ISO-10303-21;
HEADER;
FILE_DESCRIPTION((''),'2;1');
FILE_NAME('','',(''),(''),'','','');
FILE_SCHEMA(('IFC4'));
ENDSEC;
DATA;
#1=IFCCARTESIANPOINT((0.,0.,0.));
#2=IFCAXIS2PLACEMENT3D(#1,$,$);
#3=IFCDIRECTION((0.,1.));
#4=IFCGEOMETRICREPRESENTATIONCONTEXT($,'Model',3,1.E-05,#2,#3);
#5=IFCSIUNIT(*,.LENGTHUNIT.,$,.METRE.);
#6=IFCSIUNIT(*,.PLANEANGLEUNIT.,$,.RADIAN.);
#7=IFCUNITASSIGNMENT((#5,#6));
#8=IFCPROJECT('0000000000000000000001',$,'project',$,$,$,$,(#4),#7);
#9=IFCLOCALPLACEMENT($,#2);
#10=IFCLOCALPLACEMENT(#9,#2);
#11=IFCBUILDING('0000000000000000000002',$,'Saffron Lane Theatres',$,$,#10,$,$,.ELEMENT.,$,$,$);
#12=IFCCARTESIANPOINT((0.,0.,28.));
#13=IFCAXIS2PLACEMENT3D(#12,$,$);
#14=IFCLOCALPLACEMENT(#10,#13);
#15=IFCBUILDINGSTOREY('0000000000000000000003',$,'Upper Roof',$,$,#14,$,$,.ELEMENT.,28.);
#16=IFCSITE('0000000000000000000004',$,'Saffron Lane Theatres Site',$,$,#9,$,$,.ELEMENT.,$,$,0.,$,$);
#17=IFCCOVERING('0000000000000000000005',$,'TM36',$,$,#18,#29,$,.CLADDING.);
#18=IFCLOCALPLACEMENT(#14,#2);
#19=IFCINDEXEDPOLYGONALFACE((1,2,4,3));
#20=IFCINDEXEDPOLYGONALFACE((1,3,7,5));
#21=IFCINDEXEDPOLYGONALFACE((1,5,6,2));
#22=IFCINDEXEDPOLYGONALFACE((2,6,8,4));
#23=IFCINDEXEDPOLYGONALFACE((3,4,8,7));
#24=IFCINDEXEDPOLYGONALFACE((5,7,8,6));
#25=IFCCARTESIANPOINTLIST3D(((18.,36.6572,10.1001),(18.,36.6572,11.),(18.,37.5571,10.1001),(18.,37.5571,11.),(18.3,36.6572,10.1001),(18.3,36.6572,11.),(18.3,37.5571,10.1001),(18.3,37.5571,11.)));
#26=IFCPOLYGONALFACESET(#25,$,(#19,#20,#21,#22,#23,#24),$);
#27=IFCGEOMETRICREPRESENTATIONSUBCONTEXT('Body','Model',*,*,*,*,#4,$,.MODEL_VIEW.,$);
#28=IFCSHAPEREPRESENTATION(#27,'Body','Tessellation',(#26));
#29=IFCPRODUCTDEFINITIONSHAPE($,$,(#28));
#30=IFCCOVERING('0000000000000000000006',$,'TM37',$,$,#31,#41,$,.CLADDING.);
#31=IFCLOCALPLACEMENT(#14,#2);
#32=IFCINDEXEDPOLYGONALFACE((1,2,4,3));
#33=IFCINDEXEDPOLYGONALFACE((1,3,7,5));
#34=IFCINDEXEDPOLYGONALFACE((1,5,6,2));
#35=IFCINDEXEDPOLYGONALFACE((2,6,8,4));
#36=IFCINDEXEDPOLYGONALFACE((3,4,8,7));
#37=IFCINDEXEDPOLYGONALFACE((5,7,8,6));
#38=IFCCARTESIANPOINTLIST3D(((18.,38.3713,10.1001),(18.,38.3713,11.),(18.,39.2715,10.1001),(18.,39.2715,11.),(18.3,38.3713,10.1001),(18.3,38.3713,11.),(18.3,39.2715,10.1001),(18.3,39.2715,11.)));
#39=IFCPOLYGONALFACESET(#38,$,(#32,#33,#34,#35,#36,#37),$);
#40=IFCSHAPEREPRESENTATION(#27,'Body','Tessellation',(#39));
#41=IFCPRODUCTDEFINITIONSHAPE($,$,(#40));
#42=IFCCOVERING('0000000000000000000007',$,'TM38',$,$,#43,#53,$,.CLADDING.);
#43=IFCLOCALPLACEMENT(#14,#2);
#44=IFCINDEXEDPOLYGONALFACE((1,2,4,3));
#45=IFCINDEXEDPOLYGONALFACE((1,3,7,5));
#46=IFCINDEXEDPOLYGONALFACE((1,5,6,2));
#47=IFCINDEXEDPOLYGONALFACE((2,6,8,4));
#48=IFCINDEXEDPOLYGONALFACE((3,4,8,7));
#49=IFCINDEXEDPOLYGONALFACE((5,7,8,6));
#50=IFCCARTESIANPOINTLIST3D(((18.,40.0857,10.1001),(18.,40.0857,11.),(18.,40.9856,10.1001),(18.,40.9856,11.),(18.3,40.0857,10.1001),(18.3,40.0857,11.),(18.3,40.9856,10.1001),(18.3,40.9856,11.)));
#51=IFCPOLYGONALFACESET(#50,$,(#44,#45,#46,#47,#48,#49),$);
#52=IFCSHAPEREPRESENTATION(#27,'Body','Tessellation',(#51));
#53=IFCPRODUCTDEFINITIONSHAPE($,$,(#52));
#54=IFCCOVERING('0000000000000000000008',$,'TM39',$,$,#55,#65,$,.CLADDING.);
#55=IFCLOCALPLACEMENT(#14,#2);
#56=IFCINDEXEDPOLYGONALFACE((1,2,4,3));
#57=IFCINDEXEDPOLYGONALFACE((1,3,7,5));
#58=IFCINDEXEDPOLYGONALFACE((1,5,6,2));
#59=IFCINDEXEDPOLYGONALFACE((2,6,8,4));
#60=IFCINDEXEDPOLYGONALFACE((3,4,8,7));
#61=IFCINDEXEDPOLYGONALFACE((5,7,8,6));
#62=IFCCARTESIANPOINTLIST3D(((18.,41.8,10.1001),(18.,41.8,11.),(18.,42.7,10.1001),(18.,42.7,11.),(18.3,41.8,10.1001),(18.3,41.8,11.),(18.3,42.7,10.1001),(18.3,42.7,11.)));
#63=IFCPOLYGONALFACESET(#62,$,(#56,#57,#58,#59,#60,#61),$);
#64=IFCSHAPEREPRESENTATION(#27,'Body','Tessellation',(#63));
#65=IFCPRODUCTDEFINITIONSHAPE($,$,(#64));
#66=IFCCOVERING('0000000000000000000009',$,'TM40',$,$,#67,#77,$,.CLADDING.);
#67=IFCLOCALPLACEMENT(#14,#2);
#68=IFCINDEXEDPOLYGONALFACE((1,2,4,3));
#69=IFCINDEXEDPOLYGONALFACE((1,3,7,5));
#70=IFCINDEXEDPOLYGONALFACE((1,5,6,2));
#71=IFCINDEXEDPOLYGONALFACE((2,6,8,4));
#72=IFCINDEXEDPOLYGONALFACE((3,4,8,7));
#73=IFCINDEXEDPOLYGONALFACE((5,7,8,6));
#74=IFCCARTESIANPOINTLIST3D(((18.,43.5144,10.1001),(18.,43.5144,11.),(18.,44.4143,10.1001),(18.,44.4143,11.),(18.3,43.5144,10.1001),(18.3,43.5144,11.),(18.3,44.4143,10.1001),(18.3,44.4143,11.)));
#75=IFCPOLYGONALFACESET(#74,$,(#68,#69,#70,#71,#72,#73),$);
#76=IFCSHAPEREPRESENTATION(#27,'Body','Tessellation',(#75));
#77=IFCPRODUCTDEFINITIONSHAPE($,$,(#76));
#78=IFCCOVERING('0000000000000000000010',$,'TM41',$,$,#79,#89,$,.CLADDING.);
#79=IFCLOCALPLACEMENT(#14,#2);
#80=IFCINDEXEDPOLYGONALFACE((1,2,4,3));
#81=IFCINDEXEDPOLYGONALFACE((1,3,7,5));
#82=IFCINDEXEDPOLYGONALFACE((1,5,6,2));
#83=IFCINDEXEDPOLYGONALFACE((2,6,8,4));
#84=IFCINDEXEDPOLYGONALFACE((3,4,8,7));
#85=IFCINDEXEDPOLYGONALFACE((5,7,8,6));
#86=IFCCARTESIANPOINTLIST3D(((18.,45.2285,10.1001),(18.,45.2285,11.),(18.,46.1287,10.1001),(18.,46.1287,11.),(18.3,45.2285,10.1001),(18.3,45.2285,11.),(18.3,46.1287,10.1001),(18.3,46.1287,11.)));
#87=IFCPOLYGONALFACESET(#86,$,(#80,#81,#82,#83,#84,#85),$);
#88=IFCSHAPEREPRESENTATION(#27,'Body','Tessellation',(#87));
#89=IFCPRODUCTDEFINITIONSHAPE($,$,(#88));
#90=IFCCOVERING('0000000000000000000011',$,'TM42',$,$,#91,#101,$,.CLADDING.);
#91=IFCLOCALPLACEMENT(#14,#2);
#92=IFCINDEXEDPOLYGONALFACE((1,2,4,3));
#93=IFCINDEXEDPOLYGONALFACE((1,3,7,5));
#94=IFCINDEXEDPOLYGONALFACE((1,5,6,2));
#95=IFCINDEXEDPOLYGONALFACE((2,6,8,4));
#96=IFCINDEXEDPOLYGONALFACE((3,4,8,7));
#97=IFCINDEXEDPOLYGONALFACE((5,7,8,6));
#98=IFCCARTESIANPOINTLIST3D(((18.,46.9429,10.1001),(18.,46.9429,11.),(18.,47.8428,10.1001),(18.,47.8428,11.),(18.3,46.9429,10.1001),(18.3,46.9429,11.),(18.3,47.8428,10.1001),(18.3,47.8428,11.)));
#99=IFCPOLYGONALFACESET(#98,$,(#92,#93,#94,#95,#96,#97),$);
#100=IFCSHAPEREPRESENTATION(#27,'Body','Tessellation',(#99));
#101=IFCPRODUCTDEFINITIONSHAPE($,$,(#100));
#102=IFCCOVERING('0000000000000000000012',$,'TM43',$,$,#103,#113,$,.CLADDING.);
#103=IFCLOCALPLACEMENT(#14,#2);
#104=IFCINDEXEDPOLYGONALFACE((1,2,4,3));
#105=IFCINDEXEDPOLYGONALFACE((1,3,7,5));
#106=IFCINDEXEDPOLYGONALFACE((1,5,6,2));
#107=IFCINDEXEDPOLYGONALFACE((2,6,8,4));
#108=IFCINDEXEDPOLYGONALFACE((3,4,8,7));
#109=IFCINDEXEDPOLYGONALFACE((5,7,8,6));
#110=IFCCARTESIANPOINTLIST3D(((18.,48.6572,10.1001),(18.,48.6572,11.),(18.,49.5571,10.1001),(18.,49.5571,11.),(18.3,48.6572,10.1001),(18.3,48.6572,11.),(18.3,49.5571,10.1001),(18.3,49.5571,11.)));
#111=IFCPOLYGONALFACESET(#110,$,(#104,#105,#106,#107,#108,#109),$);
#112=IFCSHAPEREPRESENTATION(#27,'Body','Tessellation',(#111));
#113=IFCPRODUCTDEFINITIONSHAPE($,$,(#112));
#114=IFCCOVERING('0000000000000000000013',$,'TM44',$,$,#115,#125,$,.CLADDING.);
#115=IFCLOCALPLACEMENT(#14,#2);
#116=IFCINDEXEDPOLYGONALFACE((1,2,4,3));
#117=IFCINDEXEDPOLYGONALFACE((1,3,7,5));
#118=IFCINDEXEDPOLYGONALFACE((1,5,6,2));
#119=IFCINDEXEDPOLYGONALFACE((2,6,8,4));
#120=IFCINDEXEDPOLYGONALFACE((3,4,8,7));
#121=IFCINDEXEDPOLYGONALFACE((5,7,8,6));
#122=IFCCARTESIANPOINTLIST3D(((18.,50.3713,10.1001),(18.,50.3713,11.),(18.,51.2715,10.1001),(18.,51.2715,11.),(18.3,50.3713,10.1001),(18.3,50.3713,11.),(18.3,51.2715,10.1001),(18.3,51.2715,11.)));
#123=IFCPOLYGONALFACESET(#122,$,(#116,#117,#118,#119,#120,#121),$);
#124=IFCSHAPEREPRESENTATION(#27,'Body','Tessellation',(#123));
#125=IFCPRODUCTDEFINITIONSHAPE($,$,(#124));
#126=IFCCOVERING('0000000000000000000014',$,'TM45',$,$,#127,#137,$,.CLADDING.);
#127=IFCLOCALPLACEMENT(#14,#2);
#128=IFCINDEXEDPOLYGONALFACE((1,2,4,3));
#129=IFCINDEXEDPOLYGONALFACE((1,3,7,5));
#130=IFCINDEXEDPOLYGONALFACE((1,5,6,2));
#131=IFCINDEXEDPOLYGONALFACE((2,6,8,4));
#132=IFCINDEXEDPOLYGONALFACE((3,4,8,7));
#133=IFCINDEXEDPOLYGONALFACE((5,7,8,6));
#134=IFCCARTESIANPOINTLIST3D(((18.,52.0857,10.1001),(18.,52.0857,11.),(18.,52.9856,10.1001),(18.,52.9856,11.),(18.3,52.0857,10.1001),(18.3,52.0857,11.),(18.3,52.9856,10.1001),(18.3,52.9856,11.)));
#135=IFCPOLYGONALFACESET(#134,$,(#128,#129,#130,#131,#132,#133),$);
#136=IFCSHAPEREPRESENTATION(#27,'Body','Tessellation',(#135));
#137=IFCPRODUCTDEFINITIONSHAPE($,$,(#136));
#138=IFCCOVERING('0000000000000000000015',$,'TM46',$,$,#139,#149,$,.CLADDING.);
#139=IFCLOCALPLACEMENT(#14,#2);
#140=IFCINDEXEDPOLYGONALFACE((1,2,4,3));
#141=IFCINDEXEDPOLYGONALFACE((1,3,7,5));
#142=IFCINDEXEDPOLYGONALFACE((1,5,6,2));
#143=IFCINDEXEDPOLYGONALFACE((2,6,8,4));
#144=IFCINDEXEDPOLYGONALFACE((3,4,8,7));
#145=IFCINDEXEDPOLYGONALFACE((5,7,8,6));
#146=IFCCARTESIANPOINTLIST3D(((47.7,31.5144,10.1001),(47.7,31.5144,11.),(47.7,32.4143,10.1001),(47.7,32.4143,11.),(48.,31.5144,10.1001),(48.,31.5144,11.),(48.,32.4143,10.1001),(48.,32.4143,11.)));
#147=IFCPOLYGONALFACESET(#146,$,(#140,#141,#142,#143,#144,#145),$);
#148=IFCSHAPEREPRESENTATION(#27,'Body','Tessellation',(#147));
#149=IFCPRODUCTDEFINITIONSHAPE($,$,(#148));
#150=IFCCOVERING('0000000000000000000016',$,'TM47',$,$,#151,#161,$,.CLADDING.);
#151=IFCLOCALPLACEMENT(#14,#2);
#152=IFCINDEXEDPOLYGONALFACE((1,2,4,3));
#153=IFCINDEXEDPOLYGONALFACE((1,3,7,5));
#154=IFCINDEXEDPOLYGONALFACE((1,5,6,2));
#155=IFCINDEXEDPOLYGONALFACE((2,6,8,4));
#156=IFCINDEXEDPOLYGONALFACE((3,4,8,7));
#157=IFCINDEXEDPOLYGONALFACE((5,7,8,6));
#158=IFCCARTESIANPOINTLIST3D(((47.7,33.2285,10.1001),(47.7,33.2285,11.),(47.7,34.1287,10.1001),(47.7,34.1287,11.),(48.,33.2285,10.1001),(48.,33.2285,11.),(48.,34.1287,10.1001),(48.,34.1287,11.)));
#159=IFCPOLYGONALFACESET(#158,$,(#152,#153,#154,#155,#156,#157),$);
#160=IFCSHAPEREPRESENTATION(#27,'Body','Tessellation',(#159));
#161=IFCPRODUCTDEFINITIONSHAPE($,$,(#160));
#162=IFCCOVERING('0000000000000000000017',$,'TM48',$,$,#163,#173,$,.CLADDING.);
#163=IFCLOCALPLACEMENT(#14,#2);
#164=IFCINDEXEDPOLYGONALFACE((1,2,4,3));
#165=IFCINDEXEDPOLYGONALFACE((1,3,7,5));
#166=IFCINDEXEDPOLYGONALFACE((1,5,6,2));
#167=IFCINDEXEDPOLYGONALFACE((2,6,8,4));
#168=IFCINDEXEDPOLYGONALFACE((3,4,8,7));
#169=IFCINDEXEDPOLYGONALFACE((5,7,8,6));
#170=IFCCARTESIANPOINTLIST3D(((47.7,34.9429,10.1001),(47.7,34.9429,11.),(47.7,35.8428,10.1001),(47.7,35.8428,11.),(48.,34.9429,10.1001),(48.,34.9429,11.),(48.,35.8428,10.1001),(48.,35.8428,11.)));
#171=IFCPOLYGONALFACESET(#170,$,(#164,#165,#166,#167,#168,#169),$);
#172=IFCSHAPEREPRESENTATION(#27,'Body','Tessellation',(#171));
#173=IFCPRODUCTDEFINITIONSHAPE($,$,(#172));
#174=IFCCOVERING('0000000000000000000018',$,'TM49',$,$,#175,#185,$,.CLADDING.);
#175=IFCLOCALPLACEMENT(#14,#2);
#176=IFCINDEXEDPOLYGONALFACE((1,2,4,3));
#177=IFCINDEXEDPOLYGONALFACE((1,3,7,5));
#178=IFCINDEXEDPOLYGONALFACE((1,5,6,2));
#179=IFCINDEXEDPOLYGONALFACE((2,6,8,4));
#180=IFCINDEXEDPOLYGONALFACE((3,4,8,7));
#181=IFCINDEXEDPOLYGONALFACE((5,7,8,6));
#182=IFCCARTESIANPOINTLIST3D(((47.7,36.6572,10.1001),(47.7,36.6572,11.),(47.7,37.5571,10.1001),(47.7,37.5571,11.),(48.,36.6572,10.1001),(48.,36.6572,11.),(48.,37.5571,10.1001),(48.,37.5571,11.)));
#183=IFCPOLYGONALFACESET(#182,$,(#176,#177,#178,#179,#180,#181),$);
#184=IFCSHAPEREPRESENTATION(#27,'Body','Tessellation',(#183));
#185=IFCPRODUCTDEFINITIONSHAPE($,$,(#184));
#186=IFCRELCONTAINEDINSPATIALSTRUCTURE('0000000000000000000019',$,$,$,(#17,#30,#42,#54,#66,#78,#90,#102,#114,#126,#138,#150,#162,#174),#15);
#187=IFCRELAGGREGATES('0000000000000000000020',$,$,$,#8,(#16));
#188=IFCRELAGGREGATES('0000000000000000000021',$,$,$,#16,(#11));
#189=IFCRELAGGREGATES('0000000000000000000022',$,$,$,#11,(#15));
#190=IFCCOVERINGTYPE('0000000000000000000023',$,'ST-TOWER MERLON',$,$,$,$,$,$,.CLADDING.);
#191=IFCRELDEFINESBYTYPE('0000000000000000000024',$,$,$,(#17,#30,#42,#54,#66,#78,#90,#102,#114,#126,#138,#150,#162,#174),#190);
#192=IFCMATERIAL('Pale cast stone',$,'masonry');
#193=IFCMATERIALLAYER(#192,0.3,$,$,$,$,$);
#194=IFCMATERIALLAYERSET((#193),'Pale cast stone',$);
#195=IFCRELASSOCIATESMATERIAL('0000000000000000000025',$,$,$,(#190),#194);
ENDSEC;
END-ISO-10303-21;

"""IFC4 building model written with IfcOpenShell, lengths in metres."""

from ifc_helpers import new_model, si_unit, direction, frame, origin, place, context, subcontext, project, spatial, polyline, outline, extrude, material, layer, layer_set, type_object, element, save


model = new_model("IFC4")

# Units and contexts
model_context = context("Model", 3, precision=1e-05, world=origin(), true_north=direction((0.0, 1.0)))
body_context = subcontext(model_context, "Body", "Model", "MODEL_VIEW")
ifc_project = project(units=[si_unit("LENGTHUNIT", "METRE"), si_unit("PLANEANGLEUNIT", "RADIAN")], contexts=[model_context])

# Site, building, storey
site_placement = place(None, origin())
site = spatial("IfcSite", under=ifc_project, at=site_placement, Name="Saffron Lane Theatres Site", CompositionType="ELEMENT", RefElevation=0.0)
building_placement = place(site_placement, origin())
building = spatial("IfcBuilding", under=site, at=building_placement, Name="Saffron Lane Theatres", CompositionType="ELEMENT")
storey_placement = place(building_placement, frame((0.0, 0.0, 28.0)))
storey = spatial("IfcBuildingStorey", under=building, at=storey_placement, Name="Upper Roof", CompositionType="ELEMENT", Elevation=28.0)

# Coverings
ifc_material_1 = material(Name="Pale cast stone", Category="masonry")
ifc_layer_1 = layer(ifc_material_1, 0.3)
ifc_layer_set_1 = layer_set([ifc_layer_1], Name="Pale cast stone")
covering_type_1 = type_object("IfcCoveringType", Name="ST-TOWER MERLON", PredefinedType="CLADDING", material=ifc_layer_set_1)
covering_1_placement = place(storey_placement, frame((0.0, 0.0, 10.1001)))
element("IfcCovering", 1, at=covering_1_placement, inside=storey, type_object=covering_type_1, Name="TM36", PredefinedType="CLADDING", context=body_context, shape_type="SweptSolid", body=[
    extrude(outline(polyline([(18.0, 36.6572), (18.3, 36.6572), (18.3, 37.5571), (18.0, 37.5571), (18.0, 36.6572)])), origin(), (0.0, 0.0, 1.0), 0.8999),
])
covering_2_placement = place(storey_placement, frame((0.0, 0.0, 10.1001)))
element("IfcCovering", 2, at=covering_2_placement, inside=storey, type_object=covering_type_1, Name="TM37", PredefinedType="CLADDING", context=body_context, shape_type="SweptSolid", body=[
    extrude(outline(polyline([(18.0, 38.3713), (18.3, 38.3713), (18.3, 39.2715), (18.0, 39.2715), (18.0, 38.3713)])), origin(), (0.0, 0.0, 1.0), 0.8999),
])
covering_3_placement = place(storey_placement, frame((0.0, 0.0, 10.1001)))
element("IfcCovering", 3, at=covering_3_placement, inside=storey, type_object=covering_type_1, Name="TM38", PredefinedType="CLADDING", context=body_context, shape_type="SweptSolid", body=[
    extrude(outline(polyline([(18.0, 40.0857), (18.3, 40.0857), (18.3, 40.9856), (18.0, 40.9856), (18.0, 40.0857)])), origin(), (0.0, 0.0, 1.0), 0.8999),
])
covering_4_placement = place(storey_placement, frame((0.0, 0.0, 10.1001)))
element("IfcCovering", 4, at=covering_4_placement, inside=storey, type_object=covering_type_1, Name="TM39", PredefinedType="CLADDING", context=body_context, shape_type="SweptSolid", body=[
    extrude(outline(polyline([(18.0, 41.8), (18.3, 41.8), (18.3, 42.7), (18.0, 42.7), (18.0, 41.8)])), origin(), (0.0, 0.0, 1.0), 0.8999),
])
covering_5_placement = place(storey_placement, frame((0.0, 0.0, 10.1001)))
element("IfcCovering", 5, at=covering_5_placement, inside=storey, type_object=covering_type_1, Name="TM40", PredefinedType="CLADDING", context=body_context, shape_type="SweptSolid", body=[
    extrude(outline(polyline([(18.0, 43.5144), (18.3, 43.5144), (18.3, 44.4143), (18.0, 44.4143), (18.0, 43.5144)])), origin(), (0.0, 0.0, 1.0), 0.8999),
])
covering_6_placement = place(storey_placement, frame((0.0, 0.0, 10.1001)))
element("IfcCovering", 6, at=covering_6_placement, inside=storey, type_object=covering_type_1, Name="TM41", PredefinedType="CLADDING", context=body_context, shape_type="SweptSolid", body=[
    extrude(outline(polyline([(18.0, 45.2285), (18.3, 45.2285), (18.3, 46.1287), (18.0, 46.1287), (18.0, 45.2285)])), origin(), (0.0, 0.0, 1.0), 0.8999),
])
covering_7_placement = place(storey_placement, frame((0.0, 0.0, 10.1001)))
element("IfcCovering", 7, at=covering_7_placement, inside=storey, type_object=covering_type_1, Name="TM42", PredefinedType="CLADDING", context=body_context, shape_type="SweptSolid", body=[
    extrude(outline(polyline([(18.0, 46.9429), (18.3, 46.9429), (18.3, 47.8428), (18.0, 47.8428), (18.0, 46.9429)])), origin(), (0.0, 0.0, 1.0), 0.8999),
])
covering_8_placement = place(storey_placement, frame((0.0, 0.0, 10.1001)))
element("IfcCovering", 8, at=covering_8_placement, inside=storey, type_object=covering_type_1, Name="TM43", PredefinedType="CLADDING", context=body_context, shape_type="SweptSolid", body=[
    extrude(outline(polyline([(18.0, 48.6572), (18.3, 48.6572), (18.3, 49.5571), (18.0, 49.5571), (18.0, 48.6572)])), origin(), (0.0, 0.0, 1.0), 0.8999),
])
covering_9_placement = place(storey_placement, frame((0.0, 0.0, 10.1001)))
element("IfcCovering", 9, at=covering_9_placement, inside=storey, type_object=covering_type_1, Name="TM44", PredefinedType="CLADDING", context=body_context, shape_type="SweptSolid", body=[
    extrude(outline(polyline([(18.0, 50.3713), (18.3, 50.3713), (18.3, 51.2715), (18.0, 51.2715), (18.0, 50.3713)])), origin(), (0.0, 0.0, 1.0), 0.8999),
])
covering_10_placement = place(storey_placement, frame((0.0, 0.0, 10.1001)))
element("IfcCovering", 10, at=covering_10_placement, inside=storey, type_object=covering_type_1, Name="TM45", PredefinedType="CLADDING", context=body_context, shape_type="SweptSolid", body=[
    extrude(outline(polyline([(18.0, 52.0857), (18.3, 52.0857), (18.3, 52.9856), (18.0, 52.9856), (18.0, 52.0857)])), origin(), (0.0, 0.0, 1.0), 0.8999),
])
covering_11_placement = place(storey_placement, frame((0.0, 0.0, 10.1001)))
element("IfcCovering", 11, at=covering_11_placement, inside=storey, type_object=covering_type_1, Name="TM46", PredefinedType="CLADDING", context=body_context, shape_type="SweptSolid", body=[
    extrude(outline(polyline([(47.7, 31.5144), (48.0, 31.5144), (48.0, 32.4143), (47.7, 32.4143), (47.7, 31.5144)])), origin(), (0.0, 0.0, 1.0), 0.8999),
])
covering_12_placement = place(storey_placement, frame((0.0, 0.0, 10.1001)))
element("IfcCovering", 12, at=covering_12_placement, inside=storey, type_object=covering_type_1, Name="TM47", PredefinedType="CLADDING", context=body_context, shape_type="SweptSolid", body=[
    extrude(outline(polyline([(47.7, 33.2285), (48.0, 33.2285), (48.0, 34.1287), (47.7, 34.1287), (47.7, 33.2285)])), origin(), (0.0, 0.0, 1.0), 0.8999),
])
covering_13_placement = place(storey_placement, frame((0.0, 0.0, 10.1001)))
element("IfcCovering", 13, at=covering_13_placement, inside=storey, type_object=covering_type_1, Name="TM48", PredefinedType="CLADDING", context=body_context, shape_type="SweptSolid", body=[
    extrude(outline(polyline([(47.7, 34.9429), (48.0, 34.9429), (48.0, 35.8428), (47.7, 35.8428), (47.7, 34.9429)])), origin(), (0.0, 0.0, 1.0), 0.8999),
])
covering_14_placement = place(storey_placement, frame((0.0, 0.0, 10.1001)))
element("IfcCovering", 14, at=covering_14_placement, inside=storey, type_object=covering_type_1, Name="TM49", PredefinedType="CLADDING", context=body_context, shape_type="SweptSolid", body=[
    extrude(outline(polyline([(47.7, 36.6572), (48.0, 36.6572), (48.0, 37.5571), (47.7, 37.5571), (47.7, 36.6572)])), origin(), (0.0, 0.0, 1.0), 0.8999),
])

save(model, "model.ifc")
